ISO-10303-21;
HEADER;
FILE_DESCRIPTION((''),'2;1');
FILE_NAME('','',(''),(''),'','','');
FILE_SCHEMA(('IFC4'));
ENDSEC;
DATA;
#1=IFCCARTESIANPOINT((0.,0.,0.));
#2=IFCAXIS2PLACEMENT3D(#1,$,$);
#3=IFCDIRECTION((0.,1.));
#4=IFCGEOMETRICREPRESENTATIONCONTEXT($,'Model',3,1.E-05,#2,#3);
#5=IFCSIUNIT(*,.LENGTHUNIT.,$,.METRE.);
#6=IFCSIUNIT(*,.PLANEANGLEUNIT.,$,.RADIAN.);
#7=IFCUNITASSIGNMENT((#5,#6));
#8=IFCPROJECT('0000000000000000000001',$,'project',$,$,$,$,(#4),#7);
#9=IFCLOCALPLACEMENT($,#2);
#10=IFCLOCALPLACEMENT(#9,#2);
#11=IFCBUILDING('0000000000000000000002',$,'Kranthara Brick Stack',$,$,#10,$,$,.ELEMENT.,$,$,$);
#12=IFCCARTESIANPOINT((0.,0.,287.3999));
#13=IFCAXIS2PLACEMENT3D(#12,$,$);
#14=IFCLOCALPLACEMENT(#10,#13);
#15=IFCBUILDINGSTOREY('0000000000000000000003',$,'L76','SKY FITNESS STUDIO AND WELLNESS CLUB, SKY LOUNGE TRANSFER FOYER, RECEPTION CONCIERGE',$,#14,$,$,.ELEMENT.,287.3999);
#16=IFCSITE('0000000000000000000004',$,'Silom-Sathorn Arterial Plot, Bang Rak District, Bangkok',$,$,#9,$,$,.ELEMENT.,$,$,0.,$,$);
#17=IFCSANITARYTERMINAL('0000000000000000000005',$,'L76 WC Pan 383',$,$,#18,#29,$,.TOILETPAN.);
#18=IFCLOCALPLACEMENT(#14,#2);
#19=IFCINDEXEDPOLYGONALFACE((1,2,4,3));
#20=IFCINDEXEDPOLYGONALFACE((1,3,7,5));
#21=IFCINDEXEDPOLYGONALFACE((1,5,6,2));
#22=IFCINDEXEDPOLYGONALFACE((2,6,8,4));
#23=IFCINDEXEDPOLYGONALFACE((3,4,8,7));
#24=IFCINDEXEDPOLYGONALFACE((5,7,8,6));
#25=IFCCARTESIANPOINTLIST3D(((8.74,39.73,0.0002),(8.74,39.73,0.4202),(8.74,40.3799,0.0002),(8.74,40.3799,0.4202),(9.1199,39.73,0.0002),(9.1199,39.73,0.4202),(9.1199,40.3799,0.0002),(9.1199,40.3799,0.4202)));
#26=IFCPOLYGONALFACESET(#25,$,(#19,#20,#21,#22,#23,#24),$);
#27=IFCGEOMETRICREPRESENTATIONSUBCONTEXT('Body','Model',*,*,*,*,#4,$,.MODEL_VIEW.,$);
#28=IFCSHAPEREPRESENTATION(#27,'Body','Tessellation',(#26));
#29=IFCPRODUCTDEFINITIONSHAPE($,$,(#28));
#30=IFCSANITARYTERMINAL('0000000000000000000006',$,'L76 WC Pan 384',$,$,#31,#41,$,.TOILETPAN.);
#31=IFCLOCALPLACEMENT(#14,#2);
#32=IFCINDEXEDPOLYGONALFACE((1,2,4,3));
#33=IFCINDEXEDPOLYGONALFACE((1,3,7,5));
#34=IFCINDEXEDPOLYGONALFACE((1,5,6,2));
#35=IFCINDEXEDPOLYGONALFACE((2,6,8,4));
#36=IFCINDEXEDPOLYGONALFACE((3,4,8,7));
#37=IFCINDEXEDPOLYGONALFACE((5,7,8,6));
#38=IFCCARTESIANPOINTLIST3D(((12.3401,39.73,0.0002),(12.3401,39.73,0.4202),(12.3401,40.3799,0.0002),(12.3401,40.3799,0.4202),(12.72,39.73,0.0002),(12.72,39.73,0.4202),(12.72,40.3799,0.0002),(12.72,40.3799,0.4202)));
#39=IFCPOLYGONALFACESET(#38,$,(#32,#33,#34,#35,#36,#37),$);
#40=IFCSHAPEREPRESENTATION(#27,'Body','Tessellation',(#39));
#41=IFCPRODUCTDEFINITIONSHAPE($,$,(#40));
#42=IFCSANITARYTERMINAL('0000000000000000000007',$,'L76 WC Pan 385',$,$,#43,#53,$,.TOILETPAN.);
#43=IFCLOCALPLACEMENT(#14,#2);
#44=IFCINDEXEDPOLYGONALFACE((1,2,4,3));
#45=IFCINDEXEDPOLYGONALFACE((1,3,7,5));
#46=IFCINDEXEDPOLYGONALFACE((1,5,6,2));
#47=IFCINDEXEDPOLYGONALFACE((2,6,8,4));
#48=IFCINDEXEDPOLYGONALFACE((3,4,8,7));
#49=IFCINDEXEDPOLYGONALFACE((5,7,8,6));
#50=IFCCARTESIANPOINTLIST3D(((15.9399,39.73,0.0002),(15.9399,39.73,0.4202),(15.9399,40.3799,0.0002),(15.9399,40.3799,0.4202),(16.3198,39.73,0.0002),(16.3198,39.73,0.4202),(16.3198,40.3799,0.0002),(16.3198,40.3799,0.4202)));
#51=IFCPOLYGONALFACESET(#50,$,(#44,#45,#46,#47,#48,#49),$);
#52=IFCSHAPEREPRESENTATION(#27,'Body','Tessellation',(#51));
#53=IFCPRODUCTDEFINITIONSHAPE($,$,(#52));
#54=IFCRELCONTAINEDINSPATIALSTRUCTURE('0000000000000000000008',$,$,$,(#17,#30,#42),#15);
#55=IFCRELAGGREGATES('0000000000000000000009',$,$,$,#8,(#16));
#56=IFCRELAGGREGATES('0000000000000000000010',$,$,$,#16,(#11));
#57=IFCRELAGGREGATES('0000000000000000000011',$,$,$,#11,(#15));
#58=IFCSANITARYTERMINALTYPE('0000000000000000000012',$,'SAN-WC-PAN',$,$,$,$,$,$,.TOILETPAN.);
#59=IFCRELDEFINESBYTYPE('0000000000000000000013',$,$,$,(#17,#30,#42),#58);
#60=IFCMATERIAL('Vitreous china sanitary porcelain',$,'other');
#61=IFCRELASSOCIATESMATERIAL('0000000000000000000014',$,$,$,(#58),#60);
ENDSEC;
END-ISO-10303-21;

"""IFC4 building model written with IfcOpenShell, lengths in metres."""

from ifc_helpers import new_model, si_unit, direction, frame, origin, origin_2d, place, context, subcontext, project, spatial, rectangle, extrude, material, type_object, element, save


model = new_model("IFC4")

# Units and contexts
model_context = context("Model", 3, precision=1e-05, world=origin(), true_north=direction((0.0, 1.0)))
body_context = subcontext(model_context, "Body", "Model", "MODEL_VIEW")
ifc_project = project(units=[si_unit("LENGTHUNIT", "METRE"), si_unit("PLANEANGLEUNIT", "RADIAN")], contexts=[model_context])

# Site, building, storey
site_placement = place(None, origin())
site = spatial("IfcSite", under=ifc_project, at=site_placement, Name="Silom-Sathorn Arterial Plot, Bang Rak District, Bangkok", CompositionType="ELEMENT", RefElevation=0.0)
building_placement = place(site_placement, origin())
building = spatial("IfcBuilding", under=site, at=building_placement, Name="Kranthara Brick Stack", CompositionType="ELEMENT")
storey_placement = place(building_placement, frame((0.0, 0.0, 287.3999)))
storey = spatial("IfcBuildingStorey", under=building, at=storey_placement, Name="L76", Description="SKY FITNESS STUDIO AND WELLNESS CLUB, SKY LOUNGE TRANSFER FOYER, RECEPTION CONCIERGE", CompositionType="ELEMENT", Elevation=287.3999)

# Sanitary terminals
ifc_material_1 = material(Name="Vitreous china sanitary porcelain", Category="other")
sanitary_terminal_type_1 = type_object("IfcSanitaryTerminalType", Name="SAN-WC-PAN", PredefinedType="TOILETPAN", material=ifc_material_1)
for number, where, z_axis, x_axis, name in (
    (1, (8.9299, 40.0549, 0.0002), (0.0, 0.0, 1.0), (1.0, 0.0, 0.0), "L76 WC Pan 383"),
    (2, (12.53, 40.0549, 0.0002), (0.0, 0.0, 1.0), (1.0, 0.0, 0.0), "L76 WC Pan 384"),
    (3, (16.1299, 40.0549, 0.0002), (0.0, 0.0, 1.0), (1.0, 0.0, 0.0), "L76 WC Pan 385"),
):
    element("IfcSanitaryTerminal", number, at=place(storey_placement, frame(where, z_axis=z_axis, x_axis=x_axis)), inside=storey, type_object=sanitary_terminal_type_1, Name=name, PredefinedType="TOILETPAN", context=body_context, shape_type="SweptSolid", body=[
        extrude(rectangle(XDim=0.3799, YDim=0.6499, at=origin_2d()), origin(), (0.0, 0.0, 1.0), 0.4199),
    ])

save(model, "model.ifc")
